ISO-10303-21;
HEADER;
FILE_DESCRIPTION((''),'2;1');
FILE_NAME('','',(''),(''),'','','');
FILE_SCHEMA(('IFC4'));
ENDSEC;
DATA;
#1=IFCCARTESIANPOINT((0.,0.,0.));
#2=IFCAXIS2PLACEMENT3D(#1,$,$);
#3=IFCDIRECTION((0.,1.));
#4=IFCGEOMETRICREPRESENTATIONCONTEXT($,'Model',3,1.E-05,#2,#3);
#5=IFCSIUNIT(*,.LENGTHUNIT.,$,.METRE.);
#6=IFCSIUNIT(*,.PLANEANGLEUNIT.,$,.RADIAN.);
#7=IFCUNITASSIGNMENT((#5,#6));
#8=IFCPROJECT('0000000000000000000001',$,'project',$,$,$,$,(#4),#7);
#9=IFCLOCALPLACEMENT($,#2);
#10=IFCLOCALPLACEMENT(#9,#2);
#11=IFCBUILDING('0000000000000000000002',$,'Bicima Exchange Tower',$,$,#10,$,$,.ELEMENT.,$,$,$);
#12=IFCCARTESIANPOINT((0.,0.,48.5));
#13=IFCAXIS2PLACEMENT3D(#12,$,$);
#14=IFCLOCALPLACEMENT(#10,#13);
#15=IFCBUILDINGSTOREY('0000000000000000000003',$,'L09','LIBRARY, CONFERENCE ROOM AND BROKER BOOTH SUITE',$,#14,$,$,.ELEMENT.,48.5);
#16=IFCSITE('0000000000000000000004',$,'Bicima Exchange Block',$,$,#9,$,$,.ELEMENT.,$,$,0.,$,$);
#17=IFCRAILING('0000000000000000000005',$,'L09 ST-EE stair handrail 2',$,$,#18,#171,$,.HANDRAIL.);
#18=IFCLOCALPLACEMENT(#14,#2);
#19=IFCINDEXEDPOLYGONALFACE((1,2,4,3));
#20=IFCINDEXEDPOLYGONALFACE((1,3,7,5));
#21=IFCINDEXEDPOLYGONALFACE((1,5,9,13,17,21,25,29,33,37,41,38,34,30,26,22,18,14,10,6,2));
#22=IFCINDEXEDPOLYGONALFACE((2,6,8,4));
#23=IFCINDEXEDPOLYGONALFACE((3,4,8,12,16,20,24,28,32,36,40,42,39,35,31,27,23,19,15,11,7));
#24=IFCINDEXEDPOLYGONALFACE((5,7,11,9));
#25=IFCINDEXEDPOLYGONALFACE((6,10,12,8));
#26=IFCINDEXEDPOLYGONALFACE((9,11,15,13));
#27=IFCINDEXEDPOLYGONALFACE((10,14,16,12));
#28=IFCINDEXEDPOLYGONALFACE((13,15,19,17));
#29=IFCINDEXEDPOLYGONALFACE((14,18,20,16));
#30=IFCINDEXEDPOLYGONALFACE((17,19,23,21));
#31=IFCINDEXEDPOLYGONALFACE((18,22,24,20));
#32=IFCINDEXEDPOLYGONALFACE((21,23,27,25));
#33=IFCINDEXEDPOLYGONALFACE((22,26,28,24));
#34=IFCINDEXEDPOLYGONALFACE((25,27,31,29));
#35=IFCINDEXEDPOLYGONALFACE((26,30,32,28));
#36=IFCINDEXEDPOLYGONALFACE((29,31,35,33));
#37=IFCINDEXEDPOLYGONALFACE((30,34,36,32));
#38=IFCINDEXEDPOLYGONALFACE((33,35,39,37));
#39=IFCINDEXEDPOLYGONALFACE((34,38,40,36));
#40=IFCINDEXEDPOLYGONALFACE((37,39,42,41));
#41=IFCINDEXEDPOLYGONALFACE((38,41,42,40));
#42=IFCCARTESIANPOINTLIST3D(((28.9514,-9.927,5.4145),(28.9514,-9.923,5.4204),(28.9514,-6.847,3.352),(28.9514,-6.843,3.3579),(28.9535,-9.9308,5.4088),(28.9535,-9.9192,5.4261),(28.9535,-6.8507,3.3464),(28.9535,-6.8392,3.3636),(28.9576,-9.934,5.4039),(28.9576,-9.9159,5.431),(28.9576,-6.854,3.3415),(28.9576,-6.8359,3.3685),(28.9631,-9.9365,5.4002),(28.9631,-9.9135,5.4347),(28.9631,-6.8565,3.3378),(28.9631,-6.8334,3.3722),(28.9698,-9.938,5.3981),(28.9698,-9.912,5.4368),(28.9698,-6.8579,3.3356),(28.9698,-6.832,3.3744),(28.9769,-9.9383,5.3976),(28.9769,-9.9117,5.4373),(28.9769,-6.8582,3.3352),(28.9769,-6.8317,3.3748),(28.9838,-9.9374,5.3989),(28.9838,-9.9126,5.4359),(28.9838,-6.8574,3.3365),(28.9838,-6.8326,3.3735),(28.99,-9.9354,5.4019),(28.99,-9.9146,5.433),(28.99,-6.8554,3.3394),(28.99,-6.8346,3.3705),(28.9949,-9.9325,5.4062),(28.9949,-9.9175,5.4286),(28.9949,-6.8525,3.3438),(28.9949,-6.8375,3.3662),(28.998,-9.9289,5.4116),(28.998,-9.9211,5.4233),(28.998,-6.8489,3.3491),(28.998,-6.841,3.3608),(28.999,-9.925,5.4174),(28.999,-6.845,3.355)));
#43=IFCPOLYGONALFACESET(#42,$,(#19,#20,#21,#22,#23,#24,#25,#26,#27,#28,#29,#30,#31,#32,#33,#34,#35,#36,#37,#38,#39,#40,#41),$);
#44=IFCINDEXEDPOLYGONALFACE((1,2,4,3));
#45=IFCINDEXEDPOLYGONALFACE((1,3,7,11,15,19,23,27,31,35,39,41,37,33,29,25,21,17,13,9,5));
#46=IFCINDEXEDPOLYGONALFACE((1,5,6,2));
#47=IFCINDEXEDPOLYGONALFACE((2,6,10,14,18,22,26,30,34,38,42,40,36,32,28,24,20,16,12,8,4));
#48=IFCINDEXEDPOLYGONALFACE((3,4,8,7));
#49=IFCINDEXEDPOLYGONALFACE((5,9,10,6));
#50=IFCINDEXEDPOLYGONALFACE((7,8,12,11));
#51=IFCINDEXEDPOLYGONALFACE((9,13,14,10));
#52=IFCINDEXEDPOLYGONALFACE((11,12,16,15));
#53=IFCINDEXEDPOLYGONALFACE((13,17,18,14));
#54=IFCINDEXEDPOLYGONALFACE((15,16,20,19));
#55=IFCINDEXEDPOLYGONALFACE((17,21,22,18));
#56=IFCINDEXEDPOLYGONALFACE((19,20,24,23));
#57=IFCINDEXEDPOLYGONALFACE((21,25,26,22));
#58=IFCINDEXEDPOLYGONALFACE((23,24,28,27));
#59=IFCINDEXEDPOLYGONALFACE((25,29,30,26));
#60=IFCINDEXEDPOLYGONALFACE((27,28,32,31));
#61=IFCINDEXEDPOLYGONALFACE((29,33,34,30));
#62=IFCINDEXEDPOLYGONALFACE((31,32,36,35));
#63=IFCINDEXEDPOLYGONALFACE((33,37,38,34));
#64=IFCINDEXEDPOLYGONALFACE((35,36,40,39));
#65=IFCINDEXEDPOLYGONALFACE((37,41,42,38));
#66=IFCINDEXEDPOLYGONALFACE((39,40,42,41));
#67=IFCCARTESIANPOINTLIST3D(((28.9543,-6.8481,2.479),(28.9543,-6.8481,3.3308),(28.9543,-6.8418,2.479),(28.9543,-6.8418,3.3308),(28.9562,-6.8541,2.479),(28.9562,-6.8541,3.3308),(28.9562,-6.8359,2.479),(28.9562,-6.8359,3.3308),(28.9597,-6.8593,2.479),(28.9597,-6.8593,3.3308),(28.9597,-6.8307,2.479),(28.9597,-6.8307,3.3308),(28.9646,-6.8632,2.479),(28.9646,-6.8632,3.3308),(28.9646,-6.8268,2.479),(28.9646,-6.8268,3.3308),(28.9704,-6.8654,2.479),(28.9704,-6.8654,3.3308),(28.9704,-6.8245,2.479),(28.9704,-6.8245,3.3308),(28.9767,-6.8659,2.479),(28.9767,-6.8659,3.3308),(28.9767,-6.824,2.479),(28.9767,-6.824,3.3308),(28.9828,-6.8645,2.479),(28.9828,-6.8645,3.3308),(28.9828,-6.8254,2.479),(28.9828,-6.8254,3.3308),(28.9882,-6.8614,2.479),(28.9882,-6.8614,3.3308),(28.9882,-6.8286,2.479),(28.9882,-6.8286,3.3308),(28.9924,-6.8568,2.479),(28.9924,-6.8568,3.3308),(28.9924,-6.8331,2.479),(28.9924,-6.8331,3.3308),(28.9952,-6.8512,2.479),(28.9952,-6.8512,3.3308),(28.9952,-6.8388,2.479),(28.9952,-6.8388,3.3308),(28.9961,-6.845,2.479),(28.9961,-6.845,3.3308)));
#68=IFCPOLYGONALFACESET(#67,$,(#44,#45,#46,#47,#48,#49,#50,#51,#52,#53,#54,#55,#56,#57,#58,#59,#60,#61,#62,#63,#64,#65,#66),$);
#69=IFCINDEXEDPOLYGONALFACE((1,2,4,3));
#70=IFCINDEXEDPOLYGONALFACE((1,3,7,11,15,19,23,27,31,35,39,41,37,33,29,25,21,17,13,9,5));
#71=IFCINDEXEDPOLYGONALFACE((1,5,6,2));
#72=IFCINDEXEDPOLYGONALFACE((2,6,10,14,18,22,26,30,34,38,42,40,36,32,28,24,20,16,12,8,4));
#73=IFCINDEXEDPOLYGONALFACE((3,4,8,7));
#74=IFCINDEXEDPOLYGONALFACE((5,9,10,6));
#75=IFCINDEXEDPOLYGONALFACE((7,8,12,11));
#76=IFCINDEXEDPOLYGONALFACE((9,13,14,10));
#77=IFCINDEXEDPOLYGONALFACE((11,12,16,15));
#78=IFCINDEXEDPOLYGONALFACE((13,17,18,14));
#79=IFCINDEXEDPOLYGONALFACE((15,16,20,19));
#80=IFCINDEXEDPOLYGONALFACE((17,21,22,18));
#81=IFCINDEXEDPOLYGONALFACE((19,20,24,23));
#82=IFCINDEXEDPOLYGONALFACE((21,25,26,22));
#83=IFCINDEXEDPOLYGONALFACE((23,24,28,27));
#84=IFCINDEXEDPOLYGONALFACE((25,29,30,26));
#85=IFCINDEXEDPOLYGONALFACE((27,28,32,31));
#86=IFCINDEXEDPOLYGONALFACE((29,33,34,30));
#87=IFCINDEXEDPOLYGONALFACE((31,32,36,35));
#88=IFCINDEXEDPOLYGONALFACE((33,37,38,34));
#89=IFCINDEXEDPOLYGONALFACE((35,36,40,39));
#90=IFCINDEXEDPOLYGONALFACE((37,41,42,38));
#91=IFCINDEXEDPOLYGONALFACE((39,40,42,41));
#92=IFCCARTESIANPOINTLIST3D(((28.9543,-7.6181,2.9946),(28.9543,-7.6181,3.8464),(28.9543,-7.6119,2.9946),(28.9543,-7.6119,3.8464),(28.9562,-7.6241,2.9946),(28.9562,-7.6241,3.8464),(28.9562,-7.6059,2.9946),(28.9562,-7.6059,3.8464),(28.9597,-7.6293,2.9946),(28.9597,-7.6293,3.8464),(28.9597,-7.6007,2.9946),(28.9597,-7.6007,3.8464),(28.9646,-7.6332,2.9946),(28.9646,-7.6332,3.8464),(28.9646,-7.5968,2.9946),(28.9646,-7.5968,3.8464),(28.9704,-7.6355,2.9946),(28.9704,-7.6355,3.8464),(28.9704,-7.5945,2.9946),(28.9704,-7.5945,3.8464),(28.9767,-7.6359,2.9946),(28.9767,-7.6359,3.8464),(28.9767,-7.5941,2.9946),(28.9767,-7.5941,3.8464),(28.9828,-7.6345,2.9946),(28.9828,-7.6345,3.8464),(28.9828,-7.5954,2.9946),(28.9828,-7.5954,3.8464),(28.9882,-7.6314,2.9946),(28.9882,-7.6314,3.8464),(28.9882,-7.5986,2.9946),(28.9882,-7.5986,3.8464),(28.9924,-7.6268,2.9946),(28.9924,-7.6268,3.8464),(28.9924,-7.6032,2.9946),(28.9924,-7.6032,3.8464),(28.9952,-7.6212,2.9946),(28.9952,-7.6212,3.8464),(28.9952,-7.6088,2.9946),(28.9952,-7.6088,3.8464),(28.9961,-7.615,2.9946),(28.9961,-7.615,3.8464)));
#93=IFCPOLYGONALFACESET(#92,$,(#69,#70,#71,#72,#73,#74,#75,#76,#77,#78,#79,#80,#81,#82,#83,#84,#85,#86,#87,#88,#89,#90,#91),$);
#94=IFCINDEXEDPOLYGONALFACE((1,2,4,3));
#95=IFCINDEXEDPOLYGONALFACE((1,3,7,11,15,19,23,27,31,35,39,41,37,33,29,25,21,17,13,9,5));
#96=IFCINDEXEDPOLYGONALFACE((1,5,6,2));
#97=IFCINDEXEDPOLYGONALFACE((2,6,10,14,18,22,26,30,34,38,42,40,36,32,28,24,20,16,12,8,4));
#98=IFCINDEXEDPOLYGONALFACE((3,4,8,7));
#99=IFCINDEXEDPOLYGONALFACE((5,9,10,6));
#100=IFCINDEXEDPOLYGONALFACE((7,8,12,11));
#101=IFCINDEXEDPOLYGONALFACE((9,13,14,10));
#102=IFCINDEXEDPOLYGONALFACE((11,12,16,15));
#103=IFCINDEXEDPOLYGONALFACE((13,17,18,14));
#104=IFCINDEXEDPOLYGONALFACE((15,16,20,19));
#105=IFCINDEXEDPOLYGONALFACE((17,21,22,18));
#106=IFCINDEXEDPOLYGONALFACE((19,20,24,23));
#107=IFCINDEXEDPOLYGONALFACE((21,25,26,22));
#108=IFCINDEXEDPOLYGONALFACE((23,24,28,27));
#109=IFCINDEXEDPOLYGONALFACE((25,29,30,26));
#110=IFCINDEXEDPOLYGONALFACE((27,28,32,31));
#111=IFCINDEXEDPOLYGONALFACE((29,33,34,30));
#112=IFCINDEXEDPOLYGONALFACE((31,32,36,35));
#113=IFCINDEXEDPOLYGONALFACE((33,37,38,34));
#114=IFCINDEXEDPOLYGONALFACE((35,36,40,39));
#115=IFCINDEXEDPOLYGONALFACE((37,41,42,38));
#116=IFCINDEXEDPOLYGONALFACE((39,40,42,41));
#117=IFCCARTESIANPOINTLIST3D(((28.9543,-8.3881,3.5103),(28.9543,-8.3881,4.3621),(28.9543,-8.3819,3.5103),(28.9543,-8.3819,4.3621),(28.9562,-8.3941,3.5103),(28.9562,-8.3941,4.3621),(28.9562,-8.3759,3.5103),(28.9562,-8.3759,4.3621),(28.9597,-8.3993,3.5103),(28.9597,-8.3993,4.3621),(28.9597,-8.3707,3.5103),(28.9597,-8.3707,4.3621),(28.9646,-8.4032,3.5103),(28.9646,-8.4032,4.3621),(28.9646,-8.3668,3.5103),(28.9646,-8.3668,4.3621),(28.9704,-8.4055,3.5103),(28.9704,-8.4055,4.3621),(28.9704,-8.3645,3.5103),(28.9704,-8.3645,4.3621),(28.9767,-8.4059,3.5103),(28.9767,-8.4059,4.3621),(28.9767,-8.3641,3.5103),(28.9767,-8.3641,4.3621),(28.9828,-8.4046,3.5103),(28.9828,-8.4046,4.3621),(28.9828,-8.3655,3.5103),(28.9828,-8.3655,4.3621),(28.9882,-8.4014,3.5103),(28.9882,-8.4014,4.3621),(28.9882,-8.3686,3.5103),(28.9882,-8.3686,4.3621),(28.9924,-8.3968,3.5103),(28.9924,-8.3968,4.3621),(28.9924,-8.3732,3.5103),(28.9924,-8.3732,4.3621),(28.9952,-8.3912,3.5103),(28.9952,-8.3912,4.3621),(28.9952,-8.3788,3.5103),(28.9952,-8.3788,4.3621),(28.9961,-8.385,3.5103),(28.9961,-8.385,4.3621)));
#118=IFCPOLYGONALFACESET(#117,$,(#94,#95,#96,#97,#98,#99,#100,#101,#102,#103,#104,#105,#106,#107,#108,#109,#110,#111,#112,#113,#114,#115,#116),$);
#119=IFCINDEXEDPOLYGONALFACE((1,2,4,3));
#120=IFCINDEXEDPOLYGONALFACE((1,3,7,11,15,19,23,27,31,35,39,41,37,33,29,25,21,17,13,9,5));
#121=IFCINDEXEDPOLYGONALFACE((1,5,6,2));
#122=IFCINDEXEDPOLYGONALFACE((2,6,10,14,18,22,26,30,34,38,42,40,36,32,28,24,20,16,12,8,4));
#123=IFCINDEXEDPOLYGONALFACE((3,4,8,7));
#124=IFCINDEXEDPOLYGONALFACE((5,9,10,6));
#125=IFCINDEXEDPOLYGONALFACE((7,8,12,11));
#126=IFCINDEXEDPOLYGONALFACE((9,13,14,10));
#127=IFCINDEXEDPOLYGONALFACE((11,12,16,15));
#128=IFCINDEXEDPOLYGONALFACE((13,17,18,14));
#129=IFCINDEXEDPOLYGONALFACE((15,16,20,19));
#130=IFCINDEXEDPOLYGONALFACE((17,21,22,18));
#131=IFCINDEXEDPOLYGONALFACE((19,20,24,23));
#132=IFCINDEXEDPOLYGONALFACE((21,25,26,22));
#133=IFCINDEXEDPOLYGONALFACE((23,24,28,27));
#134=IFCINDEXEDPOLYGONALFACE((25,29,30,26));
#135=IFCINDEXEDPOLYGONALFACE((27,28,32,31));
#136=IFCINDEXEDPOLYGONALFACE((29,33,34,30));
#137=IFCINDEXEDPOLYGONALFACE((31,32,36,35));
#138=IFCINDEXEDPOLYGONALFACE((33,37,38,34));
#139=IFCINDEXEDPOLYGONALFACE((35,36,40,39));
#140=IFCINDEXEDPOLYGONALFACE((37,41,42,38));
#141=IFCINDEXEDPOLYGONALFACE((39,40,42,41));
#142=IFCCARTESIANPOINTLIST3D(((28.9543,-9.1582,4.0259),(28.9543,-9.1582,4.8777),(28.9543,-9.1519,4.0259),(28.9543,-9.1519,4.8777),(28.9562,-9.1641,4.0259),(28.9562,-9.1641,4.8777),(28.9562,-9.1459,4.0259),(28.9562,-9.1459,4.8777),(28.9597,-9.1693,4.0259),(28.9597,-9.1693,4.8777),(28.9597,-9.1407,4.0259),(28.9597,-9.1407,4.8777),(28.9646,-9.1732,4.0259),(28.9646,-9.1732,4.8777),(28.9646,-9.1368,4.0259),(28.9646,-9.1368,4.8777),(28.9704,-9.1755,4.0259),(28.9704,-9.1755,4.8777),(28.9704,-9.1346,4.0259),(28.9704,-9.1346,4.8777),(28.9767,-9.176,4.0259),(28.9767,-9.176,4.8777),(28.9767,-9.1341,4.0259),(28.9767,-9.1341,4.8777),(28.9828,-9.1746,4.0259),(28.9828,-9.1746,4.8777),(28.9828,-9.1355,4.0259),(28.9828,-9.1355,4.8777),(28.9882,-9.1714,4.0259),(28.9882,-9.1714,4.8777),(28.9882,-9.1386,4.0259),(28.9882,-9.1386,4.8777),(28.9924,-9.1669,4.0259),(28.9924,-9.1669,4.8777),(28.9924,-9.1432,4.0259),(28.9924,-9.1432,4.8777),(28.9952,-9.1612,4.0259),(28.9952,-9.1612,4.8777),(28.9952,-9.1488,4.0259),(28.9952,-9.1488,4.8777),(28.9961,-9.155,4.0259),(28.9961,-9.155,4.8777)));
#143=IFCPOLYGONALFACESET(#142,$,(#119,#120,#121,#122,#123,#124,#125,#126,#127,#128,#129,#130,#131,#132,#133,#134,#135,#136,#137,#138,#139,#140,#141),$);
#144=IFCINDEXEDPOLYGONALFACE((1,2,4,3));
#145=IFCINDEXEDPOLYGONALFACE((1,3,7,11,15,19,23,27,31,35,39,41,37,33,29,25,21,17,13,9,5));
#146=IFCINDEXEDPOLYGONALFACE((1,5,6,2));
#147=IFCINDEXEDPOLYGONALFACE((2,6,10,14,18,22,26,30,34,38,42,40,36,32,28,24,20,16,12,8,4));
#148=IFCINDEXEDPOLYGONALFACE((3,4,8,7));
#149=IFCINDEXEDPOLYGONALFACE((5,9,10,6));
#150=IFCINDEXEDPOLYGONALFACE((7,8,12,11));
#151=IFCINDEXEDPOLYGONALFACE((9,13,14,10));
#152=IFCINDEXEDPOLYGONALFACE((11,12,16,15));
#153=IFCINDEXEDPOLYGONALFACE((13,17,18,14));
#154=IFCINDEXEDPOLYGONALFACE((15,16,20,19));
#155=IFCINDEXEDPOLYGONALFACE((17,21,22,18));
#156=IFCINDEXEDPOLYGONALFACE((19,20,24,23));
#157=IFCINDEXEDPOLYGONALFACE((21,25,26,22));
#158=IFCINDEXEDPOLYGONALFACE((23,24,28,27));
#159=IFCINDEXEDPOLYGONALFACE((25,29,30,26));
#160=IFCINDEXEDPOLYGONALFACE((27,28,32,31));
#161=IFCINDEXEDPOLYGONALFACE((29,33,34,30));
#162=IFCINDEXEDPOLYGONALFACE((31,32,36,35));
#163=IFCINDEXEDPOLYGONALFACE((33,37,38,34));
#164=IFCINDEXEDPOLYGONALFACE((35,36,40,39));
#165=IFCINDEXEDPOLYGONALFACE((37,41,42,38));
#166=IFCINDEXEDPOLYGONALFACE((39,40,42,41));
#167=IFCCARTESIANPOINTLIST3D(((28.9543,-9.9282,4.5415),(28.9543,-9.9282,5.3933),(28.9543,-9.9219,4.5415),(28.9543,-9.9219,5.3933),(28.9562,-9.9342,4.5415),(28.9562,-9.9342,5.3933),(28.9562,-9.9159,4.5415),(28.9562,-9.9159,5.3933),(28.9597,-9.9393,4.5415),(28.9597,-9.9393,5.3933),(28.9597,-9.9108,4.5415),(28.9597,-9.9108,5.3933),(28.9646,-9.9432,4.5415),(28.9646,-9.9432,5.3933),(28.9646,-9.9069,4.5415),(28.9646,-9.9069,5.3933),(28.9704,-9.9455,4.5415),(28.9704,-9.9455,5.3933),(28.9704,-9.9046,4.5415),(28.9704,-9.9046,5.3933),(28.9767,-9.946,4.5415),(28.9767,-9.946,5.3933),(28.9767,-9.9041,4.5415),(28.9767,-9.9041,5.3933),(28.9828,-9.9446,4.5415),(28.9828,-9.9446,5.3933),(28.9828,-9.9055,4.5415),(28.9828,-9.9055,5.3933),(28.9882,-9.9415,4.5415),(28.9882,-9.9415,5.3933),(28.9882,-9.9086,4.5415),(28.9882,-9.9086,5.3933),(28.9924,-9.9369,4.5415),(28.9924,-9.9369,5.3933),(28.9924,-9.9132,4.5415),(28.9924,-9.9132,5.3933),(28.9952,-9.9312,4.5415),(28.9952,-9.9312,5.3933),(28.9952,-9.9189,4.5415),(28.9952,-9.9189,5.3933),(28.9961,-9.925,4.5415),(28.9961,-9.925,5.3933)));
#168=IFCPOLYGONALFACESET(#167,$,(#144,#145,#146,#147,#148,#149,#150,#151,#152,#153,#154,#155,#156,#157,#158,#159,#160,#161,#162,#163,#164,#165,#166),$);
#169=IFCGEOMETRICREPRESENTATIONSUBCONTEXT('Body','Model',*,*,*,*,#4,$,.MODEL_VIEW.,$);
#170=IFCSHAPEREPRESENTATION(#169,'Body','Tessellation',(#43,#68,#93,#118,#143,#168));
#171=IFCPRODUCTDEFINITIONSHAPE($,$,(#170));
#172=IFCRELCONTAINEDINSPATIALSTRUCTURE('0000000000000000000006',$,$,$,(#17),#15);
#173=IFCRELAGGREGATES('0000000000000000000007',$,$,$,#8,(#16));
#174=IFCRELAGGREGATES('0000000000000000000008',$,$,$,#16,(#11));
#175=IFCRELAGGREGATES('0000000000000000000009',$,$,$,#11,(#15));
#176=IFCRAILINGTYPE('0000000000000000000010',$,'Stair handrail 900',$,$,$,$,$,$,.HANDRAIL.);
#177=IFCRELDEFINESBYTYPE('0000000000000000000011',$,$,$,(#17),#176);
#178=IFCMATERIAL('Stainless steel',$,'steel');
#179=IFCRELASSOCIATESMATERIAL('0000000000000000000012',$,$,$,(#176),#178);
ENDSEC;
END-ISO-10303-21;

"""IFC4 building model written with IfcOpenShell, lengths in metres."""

from ifc_helpers import new_model, si_unit, direction, frame, origin, origin_2d, place, context, subcontext, project, spatial, circle, extrude, material, type_object, element, save


model = new_model("IFC4")

# Units and contexts
model_context = context("Model", 3, precision=1e-05, world=origin(), true_north=direction((0.0, 1.0)))
body_context = subcontext(model_context, "Body", "Model", "MODEL_VIEW")
ifc_project = project(units=[si_unit("LENGTHUNIT", "METRE"), si_unit("PLANEANGLEUNIT", "RADIAN")], contexts=[model_context])

# Site, building, storey
site_placement = place(None, origin())
site = spatial("IfcSite", under=ifc_project, at=site_placement, Name="Bicima Exchange Block", CompositionType="ELEMENT", RefElevation=0.0)
building_placement = place(site_placement, origin())
building = spatial("IfcBuilding", under=site, at=building_placement, Name="Bicima Exchange Tower", CompositionType="ELEMENT")
storey_placement = place(building_placement, frame((0.0, 0.0, 48.5)))
storey = spatial("IfcBuildingStorey", under=building, at=storey_placement, Name="L09", Description="LIBRARY, CONFERENCE ROOM AND BROKER BOOTH SUITE", CompositionType="ELEMENT", Elevation=48.5)

# Railing
ifc_material_1 = material(Name="Stainless steel", Category="steel")
railing_type = type_object("IfcRailingType", Name="Stair handrail 900", PredefinedType="HANDRAIL", material=ifc_material_1)
railing_1_placement = place(storey_placement, frame((28.9751, -6.845, 2.479)))
element("IfcRailing", 1, at=railing_1_placement, inside=storey, type_object=railing_type, Name="L09 ST-EE stair handrail 2", PredefinedType="HANDRAIL", context=body_context, shape_type="SweptSolid", body=[
    extrude(circle(Radius=0.0239, at=origin_2d()), frame((0.0, 0.0, 0.876), z_axis=(0.0, -0.830914, 0.556401), x_axis=(1.0, 0.0, 0.0)), (0.0, 0.0, 1.0), 3.7068),
    extrude(circle(Radius=0.021, at=origin_2d()), origin(), (0.0, 0.0, 1.0), 0.8518),
    extrude(circle(Radius=0.021, at=origin_2d()), frame((0.0, -0.77, 0.5156)), (0.0, 0.0, 1.0), 0.8518),
    extrude(circle(Radius=0.021, at=origin_2d()), frame((0.0, -1.54, 1.0312)), (0.0, 0.0, 1.0), 0.8518),
    extrude(circle(Radius=0.021, at=origin_2d()), frame((0.0, -2.3101, 1.5469)), (0.0, 0.0, 1.0), 0.8518),
    extrude(circle(Radius=0.021, at=origin_2d()), frame((0.0, -3.0801, 2.0625)), (0.0, 0.0, 1.0), 0.8518),
])

save(model, "model.ifc")
